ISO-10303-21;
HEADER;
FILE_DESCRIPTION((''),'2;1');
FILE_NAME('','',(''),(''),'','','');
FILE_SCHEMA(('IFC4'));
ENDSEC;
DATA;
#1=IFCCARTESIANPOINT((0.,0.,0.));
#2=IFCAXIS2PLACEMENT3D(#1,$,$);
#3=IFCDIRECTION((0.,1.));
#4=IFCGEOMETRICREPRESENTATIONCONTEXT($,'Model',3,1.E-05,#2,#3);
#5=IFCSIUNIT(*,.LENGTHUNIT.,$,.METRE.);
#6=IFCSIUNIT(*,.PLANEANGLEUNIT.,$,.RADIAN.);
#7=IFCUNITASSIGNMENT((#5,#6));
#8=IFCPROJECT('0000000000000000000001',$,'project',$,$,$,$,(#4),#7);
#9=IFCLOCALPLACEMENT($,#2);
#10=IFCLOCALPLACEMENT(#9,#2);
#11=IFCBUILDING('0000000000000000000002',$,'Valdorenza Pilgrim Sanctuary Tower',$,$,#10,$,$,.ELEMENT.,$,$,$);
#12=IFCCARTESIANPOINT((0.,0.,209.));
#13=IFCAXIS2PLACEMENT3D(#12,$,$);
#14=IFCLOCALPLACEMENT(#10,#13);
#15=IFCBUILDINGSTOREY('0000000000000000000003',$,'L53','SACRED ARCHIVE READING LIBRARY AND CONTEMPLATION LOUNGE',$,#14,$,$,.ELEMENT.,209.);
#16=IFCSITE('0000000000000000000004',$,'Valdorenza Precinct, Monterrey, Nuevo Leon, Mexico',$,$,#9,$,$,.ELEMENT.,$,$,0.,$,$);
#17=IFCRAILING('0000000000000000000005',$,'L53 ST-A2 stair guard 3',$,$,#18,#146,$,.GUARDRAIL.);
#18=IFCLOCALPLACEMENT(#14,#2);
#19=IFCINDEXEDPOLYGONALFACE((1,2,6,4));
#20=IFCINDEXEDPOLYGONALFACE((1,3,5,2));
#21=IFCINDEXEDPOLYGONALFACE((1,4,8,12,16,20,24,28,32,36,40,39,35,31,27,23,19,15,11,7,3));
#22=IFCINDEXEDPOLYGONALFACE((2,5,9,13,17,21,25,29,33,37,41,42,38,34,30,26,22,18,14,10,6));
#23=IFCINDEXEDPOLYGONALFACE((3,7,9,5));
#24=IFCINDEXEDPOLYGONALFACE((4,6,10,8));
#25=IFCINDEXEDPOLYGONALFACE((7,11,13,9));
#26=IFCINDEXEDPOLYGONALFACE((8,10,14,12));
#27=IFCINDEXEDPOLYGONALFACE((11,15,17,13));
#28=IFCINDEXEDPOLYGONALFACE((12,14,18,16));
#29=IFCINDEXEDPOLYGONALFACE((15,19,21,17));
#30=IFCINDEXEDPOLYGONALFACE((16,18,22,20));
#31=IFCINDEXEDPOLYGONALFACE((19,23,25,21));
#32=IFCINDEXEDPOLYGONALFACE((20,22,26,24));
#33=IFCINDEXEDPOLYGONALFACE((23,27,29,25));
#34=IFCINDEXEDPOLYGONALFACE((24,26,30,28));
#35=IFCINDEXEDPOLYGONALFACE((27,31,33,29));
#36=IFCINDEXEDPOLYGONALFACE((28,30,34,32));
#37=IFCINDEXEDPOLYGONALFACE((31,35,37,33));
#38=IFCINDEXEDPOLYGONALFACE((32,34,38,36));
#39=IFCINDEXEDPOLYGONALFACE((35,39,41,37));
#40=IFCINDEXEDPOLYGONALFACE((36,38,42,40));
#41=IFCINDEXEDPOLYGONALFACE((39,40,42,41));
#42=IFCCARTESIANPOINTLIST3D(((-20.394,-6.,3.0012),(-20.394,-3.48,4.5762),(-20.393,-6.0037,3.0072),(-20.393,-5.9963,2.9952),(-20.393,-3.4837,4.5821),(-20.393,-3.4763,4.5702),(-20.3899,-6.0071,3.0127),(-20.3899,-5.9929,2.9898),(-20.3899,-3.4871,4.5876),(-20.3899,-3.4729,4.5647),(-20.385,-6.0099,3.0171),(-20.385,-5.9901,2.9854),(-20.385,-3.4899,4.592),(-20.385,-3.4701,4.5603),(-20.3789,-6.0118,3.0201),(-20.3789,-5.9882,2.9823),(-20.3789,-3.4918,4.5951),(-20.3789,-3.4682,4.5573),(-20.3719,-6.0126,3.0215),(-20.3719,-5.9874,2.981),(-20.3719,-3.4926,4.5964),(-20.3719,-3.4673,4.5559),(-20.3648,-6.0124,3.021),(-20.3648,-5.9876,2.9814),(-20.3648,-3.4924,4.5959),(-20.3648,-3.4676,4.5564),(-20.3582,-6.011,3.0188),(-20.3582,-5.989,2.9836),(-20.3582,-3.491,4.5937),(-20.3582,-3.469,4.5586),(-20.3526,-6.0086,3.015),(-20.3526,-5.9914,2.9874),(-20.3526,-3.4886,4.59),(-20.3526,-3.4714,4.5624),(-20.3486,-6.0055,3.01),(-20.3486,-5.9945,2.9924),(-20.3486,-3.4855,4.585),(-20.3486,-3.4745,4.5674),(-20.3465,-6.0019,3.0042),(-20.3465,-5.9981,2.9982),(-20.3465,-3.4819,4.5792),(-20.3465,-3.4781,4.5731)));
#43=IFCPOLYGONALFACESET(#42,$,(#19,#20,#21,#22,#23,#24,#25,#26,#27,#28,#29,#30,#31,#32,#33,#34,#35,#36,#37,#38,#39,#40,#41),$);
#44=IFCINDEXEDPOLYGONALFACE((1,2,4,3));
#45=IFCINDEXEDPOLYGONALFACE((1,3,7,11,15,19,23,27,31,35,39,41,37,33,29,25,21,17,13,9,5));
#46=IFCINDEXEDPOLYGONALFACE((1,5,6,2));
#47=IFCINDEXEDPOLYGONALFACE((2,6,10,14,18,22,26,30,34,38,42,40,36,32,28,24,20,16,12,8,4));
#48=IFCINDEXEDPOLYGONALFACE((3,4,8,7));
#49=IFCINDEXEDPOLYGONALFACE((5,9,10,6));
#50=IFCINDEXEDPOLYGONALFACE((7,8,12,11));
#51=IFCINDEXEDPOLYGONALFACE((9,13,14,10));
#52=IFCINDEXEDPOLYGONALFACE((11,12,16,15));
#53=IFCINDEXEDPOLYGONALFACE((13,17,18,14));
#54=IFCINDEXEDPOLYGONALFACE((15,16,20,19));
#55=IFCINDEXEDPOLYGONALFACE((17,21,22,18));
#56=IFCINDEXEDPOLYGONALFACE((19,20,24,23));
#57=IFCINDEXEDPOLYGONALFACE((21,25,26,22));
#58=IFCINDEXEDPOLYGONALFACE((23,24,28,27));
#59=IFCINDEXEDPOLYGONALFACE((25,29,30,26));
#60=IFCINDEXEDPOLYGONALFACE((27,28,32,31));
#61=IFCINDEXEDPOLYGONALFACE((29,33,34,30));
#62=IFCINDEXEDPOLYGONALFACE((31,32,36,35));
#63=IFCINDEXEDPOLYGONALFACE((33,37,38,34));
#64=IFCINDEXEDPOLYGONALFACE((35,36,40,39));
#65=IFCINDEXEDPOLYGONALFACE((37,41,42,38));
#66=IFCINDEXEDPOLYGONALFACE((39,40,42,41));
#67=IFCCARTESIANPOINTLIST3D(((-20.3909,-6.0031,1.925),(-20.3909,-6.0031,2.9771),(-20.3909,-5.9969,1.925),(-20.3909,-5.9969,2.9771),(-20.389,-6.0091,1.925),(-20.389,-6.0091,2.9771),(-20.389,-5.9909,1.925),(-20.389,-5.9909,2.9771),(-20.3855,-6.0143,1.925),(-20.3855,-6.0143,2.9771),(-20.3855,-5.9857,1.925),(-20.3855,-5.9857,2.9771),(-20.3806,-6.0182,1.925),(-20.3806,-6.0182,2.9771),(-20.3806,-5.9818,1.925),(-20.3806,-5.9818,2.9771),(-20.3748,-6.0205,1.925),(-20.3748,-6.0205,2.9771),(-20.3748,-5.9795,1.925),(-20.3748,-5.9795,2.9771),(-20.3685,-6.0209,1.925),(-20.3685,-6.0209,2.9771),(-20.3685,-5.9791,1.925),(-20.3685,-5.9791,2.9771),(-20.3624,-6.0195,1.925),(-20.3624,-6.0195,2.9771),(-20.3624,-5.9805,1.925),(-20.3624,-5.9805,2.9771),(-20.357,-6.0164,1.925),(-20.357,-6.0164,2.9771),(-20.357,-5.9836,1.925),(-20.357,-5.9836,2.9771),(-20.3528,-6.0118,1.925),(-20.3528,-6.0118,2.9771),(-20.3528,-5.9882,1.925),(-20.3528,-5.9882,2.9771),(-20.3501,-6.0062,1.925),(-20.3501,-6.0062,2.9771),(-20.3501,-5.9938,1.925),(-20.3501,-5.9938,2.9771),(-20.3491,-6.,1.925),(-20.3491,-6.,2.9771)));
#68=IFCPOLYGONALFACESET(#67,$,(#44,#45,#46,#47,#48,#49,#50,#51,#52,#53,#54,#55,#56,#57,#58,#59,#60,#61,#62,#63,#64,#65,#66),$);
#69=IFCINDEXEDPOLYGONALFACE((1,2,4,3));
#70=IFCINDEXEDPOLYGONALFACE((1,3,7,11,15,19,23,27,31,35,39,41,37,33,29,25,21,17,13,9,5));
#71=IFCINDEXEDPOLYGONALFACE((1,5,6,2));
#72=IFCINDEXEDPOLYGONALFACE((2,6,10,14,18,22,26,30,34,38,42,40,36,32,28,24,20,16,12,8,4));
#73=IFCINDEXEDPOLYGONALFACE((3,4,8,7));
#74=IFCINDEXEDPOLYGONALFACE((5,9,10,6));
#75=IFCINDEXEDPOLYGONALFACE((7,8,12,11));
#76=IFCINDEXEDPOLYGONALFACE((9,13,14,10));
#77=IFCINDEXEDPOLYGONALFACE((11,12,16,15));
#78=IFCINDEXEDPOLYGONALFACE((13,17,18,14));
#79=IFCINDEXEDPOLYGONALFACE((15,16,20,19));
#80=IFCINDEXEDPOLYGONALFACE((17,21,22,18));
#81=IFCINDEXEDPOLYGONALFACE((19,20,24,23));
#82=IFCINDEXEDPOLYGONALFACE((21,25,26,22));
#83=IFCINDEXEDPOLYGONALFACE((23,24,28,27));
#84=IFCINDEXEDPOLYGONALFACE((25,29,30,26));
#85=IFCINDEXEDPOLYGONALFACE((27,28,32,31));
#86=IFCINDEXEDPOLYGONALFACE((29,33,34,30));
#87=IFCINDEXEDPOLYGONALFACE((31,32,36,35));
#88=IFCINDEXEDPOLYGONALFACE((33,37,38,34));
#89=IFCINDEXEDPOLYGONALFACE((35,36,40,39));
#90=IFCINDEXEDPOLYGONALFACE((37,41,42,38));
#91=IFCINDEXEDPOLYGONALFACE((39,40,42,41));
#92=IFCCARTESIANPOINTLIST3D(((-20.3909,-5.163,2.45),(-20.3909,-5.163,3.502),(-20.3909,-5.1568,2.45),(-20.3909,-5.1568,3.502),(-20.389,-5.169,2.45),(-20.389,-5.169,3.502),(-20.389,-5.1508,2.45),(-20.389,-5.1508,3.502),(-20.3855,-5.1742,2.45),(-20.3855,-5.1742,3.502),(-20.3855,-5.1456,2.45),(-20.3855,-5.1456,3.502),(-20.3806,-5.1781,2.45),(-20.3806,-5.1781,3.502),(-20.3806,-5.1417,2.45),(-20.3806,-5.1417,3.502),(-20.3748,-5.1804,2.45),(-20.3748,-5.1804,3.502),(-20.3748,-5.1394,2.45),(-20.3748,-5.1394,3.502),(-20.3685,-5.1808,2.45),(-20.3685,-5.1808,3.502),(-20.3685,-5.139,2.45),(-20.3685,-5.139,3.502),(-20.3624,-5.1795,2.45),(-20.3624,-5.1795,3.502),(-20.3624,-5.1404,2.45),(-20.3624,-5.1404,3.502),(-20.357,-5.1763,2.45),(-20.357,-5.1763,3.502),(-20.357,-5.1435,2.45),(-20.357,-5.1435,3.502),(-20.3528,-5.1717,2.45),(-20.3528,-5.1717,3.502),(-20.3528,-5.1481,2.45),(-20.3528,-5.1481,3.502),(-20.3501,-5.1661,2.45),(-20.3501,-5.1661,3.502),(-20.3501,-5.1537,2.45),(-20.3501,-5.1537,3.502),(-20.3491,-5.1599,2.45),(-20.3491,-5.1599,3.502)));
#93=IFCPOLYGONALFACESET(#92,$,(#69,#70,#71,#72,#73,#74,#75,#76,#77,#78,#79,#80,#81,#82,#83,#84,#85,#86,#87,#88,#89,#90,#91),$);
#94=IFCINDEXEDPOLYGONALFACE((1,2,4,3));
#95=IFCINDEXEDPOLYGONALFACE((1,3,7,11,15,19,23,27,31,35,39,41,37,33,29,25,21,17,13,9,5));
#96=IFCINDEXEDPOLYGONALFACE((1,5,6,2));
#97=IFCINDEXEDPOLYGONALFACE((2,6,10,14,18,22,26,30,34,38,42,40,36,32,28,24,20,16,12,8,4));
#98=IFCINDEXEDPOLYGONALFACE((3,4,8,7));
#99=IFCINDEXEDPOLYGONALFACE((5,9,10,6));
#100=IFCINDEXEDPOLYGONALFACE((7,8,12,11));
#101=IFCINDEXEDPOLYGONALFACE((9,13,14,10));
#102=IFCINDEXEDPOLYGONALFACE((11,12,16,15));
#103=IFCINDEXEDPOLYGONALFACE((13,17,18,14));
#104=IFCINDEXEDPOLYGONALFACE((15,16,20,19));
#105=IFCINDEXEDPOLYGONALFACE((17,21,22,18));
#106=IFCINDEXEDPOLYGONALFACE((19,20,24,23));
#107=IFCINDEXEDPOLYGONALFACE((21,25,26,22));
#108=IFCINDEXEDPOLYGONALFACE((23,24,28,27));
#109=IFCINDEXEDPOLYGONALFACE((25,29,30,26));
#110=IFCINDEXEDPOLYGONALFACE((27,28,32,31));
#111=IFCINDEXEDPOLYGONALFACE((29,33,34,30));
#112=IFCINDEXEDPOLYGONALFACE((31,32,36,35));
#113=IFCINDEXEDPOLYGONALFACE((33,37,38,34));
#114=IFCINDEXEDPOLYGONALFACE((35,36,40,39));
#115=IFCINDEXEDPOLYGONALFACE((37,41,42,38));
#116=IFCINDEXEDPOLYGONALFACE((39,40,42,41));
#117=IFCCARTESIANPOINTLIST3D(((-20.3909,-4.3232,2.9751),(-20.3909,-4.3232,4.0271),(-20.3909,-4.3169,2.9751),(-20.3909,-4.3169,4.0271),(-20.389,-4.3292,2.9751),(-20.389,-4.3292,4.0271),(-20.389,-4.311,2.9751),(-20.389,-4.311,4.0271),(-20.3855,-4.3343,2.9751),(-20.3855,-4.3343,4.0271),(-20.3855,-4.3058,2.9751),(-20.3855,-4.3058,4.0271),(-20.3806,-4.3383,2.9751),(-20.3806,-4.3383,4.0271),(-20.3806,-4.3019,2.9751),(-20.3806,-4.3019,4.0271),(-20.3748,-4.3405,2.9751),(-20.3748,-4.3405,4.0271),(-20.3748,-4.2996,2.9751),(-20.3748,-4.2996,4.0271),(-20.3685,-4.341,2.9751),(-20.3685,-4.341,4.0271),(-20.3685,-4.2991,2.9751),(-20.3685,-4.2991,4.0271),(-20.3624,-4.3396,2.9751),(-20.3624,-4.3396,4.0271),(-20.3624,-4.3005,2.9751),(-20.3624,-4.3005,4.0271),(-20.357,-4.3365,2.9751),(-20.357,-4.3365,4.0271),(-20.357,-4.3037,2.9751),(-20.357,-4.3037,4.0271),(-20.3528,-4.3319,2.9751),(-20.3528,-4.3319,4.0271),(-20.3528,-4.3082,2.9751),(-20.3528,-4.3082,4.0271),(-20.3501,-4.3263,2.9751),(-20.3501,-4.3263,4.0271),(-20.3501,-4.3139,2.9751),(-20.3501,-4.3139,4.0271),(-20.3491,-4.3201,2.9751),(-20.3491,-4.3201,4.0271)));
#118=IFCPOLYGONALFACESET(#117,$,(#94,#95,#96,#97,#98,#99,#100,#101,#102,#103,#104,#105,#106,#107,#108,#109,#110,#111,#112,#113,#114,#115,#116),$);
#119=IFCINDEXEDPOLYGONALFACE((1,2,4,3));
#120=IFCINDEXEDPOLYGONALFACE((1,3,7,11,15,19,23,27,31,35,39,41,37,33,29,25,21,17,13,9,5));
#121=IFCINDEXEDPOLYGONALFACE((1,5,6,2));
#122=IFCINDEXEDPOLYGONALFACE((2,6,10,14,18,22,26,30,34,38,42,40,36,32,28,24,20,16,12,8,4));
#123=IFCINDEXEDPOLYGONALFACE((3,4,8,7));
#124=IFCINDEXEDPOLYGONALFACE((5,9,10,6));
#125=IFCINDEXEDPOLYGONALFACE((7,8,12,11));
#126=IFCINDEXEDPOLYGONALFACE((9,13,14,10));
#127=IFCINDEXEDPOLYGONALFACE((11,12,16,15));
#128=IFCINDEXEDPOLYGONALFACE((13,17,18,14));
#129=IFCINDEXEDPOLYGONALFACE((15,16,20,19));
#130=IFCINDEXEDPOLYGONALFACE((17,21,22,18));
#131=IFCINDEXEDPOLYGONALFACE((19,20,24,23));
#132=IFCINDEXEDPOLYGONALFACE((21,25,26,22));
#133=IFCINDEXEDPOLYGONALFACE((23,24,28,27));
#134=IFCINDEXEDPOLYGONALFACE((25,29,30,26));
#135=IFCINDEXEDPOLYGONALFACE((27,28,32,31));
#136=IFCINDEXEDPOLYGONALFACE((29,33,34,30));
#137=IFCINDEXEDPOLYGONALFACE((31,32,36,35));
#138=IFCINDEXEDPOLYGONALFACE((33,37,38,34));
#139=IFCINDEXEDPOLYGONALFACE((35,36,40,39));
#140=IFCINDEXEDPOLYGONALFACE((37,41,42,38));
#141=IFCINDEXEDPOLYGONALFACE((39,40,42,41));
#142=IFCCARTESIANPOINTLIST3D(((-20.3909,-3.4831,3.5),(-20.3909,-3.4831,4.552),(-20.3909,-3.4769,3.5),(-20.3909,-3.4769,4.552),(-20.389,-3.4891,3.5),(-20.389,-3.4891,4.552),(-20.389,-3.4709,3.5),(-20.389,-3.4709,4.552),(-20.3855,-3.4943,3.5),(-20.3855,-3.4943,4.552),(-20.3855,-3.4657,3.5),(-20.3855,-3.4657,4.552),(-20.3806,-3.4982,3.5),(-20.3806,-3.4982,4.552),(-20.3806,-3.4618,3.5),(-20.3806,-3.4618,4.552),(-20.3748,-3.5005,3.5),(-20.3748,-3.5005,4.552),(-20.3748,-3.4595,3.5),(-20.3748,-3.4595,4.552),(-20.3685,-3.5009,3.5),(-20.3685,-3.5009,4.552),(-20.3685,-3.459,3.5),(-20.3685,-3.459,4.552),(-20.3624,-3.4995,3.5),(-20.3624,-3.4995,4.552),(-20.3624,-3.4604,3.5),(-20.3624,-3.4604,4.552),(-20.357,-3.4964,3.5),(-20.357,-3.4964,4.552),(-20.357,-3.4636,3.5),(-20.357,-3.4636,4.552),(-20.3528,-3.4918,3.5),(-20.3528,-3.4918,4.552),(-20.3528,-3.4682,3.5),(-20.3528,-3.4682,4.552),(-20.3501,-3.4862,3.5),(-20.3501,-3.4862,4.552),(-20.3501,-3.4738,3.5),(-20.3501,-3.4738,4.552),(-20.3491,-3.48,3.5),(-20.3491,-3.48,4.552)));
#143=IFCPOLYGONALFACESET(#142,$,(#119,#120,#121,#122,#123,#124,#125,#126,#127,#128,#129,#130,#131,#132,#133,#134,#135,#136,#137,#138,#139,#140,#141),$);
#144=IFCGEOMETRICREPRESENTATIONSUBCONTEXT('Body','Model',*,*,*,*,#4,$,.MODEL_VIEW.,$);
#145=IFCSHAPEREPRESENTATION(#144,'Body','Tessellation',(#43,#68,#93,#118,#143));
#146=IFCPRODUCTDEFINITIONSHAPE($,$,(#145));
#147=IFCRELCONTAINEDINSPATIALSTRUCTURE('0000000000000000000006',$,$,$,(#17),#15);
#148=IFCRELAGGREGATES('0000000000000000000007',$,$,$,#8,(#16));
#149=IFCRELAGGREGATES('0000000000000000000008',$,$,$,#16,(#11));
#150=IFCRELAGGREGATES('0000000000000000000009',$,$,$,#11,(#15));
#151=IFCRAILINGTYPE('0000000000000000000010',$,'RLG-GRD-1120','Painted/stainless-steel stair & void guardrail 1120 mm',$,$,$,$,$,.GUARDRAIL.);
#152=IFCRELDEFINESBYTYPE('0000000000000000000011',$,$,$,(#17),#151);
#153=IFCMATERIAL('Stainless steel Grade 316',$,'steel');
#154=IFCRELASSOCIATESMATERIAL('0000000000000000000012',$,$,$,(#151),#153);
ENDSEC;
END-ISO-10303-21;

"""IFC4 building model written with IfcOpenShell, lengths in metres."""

from ifc_helpers import new_model, si_unit, direction, frame, origin, origin_2d, place, context, subcontext, project, spatial, circle, extrude, material, type_object, element, save


model = new_model("IFC4")

# Units and contexts
model_context = context("Model", 3, precision=1e-05, world=origin(), true_north=direction((0.0, 1.0)))
body_context = subcontext(model_context, "Body", "Model", "MODEL_VIEW")
ifc_project = project(units=[si_unit("LENGTHUNIT", "METRE"), si_unit("PLANEANGLEUNIT", "RADIAN")], contexts=[model_context])

# Site, building, storey
site_placement = place(None, origin())
site = spatial("IfcSite", under=ifc_project, at=site_placement, Name="Valdorenza Precinct, Monterrey, Nuevo Leon, Mexico", CompositionType="ELEMENT", RefElevation=0.0)
building_placement = place(site_placement, origin())
building = spatial("IfcBuilding", under=site, at=building_placement, Name="Valdorenza Pilgrim Sanctuary Tower", CompositionType="ELEMENT")
storey_placement = place(building_placement, frame((0.0, 0.0, 209.0)))
storey = spatial("IfcBuildingStorey", under=building, at=storey_placement, Name="L53", Description="SACRED ARCHIVE READING LIBRARY AND CONTEMPLATION LOUNGE", CompositionType="ELEMENT", Elevation=209.0)

# Railing
ifc_material_1 = material(Name="Stainless steel Grade 316", Category="steel")
railing_type_1 = type_object("IfcRailingType", Name="RLG-GRD-1120", Description="Painted/stainless-steel stair & void guardrail 1120 mm", PredefinedType="GUARDRAIL", material=ifc_material_1)
railing_1_placement = place(storey_placement, frame((-20.3701, -6.0, 1.925)))
element("IfcRailing", 1, at=railing_1_placement, inside=storey, type_object=railing_type_1, Name="L53 ST-A2 stair guard 3", PredefinedType="GUARDRAIL", context=body_context, shape_type="SweptSolid", body=[
    extrude(circle(Radius=0.0239, at=origin_2d()), frame((0.0, 0.0, 1.0762), z_axis=(0.0, 0.848008, 0.529984), x_axis=(-1.0, 0.0, 0.0)), (0.0, 0.0, 1.0), 2.9717),
    extrude(circle(Radius=0.021, at=origin_2d()), origin(), (0.0, 0.0, 1.0), 1.052),
    extrude(circle(Radius=0.021, at=origin_2d()), frame((0.0, 0.8401, 0.5249)), (0.0, 0.0, 1.0), 1.052),
    extrude(circle(Radius=0.021, at=origin_2d()), frame((0.0, 1.6799, 1.05)), (0.0, 0.0, 1.0), 1.052),
    extrude(circle(Radius=0.021, at=origin_2d()), frame((0.0, 2.52, 1.575)), (0.0, 0.0, 1.0), 1.052),
])

save(model, "model.ifc")
